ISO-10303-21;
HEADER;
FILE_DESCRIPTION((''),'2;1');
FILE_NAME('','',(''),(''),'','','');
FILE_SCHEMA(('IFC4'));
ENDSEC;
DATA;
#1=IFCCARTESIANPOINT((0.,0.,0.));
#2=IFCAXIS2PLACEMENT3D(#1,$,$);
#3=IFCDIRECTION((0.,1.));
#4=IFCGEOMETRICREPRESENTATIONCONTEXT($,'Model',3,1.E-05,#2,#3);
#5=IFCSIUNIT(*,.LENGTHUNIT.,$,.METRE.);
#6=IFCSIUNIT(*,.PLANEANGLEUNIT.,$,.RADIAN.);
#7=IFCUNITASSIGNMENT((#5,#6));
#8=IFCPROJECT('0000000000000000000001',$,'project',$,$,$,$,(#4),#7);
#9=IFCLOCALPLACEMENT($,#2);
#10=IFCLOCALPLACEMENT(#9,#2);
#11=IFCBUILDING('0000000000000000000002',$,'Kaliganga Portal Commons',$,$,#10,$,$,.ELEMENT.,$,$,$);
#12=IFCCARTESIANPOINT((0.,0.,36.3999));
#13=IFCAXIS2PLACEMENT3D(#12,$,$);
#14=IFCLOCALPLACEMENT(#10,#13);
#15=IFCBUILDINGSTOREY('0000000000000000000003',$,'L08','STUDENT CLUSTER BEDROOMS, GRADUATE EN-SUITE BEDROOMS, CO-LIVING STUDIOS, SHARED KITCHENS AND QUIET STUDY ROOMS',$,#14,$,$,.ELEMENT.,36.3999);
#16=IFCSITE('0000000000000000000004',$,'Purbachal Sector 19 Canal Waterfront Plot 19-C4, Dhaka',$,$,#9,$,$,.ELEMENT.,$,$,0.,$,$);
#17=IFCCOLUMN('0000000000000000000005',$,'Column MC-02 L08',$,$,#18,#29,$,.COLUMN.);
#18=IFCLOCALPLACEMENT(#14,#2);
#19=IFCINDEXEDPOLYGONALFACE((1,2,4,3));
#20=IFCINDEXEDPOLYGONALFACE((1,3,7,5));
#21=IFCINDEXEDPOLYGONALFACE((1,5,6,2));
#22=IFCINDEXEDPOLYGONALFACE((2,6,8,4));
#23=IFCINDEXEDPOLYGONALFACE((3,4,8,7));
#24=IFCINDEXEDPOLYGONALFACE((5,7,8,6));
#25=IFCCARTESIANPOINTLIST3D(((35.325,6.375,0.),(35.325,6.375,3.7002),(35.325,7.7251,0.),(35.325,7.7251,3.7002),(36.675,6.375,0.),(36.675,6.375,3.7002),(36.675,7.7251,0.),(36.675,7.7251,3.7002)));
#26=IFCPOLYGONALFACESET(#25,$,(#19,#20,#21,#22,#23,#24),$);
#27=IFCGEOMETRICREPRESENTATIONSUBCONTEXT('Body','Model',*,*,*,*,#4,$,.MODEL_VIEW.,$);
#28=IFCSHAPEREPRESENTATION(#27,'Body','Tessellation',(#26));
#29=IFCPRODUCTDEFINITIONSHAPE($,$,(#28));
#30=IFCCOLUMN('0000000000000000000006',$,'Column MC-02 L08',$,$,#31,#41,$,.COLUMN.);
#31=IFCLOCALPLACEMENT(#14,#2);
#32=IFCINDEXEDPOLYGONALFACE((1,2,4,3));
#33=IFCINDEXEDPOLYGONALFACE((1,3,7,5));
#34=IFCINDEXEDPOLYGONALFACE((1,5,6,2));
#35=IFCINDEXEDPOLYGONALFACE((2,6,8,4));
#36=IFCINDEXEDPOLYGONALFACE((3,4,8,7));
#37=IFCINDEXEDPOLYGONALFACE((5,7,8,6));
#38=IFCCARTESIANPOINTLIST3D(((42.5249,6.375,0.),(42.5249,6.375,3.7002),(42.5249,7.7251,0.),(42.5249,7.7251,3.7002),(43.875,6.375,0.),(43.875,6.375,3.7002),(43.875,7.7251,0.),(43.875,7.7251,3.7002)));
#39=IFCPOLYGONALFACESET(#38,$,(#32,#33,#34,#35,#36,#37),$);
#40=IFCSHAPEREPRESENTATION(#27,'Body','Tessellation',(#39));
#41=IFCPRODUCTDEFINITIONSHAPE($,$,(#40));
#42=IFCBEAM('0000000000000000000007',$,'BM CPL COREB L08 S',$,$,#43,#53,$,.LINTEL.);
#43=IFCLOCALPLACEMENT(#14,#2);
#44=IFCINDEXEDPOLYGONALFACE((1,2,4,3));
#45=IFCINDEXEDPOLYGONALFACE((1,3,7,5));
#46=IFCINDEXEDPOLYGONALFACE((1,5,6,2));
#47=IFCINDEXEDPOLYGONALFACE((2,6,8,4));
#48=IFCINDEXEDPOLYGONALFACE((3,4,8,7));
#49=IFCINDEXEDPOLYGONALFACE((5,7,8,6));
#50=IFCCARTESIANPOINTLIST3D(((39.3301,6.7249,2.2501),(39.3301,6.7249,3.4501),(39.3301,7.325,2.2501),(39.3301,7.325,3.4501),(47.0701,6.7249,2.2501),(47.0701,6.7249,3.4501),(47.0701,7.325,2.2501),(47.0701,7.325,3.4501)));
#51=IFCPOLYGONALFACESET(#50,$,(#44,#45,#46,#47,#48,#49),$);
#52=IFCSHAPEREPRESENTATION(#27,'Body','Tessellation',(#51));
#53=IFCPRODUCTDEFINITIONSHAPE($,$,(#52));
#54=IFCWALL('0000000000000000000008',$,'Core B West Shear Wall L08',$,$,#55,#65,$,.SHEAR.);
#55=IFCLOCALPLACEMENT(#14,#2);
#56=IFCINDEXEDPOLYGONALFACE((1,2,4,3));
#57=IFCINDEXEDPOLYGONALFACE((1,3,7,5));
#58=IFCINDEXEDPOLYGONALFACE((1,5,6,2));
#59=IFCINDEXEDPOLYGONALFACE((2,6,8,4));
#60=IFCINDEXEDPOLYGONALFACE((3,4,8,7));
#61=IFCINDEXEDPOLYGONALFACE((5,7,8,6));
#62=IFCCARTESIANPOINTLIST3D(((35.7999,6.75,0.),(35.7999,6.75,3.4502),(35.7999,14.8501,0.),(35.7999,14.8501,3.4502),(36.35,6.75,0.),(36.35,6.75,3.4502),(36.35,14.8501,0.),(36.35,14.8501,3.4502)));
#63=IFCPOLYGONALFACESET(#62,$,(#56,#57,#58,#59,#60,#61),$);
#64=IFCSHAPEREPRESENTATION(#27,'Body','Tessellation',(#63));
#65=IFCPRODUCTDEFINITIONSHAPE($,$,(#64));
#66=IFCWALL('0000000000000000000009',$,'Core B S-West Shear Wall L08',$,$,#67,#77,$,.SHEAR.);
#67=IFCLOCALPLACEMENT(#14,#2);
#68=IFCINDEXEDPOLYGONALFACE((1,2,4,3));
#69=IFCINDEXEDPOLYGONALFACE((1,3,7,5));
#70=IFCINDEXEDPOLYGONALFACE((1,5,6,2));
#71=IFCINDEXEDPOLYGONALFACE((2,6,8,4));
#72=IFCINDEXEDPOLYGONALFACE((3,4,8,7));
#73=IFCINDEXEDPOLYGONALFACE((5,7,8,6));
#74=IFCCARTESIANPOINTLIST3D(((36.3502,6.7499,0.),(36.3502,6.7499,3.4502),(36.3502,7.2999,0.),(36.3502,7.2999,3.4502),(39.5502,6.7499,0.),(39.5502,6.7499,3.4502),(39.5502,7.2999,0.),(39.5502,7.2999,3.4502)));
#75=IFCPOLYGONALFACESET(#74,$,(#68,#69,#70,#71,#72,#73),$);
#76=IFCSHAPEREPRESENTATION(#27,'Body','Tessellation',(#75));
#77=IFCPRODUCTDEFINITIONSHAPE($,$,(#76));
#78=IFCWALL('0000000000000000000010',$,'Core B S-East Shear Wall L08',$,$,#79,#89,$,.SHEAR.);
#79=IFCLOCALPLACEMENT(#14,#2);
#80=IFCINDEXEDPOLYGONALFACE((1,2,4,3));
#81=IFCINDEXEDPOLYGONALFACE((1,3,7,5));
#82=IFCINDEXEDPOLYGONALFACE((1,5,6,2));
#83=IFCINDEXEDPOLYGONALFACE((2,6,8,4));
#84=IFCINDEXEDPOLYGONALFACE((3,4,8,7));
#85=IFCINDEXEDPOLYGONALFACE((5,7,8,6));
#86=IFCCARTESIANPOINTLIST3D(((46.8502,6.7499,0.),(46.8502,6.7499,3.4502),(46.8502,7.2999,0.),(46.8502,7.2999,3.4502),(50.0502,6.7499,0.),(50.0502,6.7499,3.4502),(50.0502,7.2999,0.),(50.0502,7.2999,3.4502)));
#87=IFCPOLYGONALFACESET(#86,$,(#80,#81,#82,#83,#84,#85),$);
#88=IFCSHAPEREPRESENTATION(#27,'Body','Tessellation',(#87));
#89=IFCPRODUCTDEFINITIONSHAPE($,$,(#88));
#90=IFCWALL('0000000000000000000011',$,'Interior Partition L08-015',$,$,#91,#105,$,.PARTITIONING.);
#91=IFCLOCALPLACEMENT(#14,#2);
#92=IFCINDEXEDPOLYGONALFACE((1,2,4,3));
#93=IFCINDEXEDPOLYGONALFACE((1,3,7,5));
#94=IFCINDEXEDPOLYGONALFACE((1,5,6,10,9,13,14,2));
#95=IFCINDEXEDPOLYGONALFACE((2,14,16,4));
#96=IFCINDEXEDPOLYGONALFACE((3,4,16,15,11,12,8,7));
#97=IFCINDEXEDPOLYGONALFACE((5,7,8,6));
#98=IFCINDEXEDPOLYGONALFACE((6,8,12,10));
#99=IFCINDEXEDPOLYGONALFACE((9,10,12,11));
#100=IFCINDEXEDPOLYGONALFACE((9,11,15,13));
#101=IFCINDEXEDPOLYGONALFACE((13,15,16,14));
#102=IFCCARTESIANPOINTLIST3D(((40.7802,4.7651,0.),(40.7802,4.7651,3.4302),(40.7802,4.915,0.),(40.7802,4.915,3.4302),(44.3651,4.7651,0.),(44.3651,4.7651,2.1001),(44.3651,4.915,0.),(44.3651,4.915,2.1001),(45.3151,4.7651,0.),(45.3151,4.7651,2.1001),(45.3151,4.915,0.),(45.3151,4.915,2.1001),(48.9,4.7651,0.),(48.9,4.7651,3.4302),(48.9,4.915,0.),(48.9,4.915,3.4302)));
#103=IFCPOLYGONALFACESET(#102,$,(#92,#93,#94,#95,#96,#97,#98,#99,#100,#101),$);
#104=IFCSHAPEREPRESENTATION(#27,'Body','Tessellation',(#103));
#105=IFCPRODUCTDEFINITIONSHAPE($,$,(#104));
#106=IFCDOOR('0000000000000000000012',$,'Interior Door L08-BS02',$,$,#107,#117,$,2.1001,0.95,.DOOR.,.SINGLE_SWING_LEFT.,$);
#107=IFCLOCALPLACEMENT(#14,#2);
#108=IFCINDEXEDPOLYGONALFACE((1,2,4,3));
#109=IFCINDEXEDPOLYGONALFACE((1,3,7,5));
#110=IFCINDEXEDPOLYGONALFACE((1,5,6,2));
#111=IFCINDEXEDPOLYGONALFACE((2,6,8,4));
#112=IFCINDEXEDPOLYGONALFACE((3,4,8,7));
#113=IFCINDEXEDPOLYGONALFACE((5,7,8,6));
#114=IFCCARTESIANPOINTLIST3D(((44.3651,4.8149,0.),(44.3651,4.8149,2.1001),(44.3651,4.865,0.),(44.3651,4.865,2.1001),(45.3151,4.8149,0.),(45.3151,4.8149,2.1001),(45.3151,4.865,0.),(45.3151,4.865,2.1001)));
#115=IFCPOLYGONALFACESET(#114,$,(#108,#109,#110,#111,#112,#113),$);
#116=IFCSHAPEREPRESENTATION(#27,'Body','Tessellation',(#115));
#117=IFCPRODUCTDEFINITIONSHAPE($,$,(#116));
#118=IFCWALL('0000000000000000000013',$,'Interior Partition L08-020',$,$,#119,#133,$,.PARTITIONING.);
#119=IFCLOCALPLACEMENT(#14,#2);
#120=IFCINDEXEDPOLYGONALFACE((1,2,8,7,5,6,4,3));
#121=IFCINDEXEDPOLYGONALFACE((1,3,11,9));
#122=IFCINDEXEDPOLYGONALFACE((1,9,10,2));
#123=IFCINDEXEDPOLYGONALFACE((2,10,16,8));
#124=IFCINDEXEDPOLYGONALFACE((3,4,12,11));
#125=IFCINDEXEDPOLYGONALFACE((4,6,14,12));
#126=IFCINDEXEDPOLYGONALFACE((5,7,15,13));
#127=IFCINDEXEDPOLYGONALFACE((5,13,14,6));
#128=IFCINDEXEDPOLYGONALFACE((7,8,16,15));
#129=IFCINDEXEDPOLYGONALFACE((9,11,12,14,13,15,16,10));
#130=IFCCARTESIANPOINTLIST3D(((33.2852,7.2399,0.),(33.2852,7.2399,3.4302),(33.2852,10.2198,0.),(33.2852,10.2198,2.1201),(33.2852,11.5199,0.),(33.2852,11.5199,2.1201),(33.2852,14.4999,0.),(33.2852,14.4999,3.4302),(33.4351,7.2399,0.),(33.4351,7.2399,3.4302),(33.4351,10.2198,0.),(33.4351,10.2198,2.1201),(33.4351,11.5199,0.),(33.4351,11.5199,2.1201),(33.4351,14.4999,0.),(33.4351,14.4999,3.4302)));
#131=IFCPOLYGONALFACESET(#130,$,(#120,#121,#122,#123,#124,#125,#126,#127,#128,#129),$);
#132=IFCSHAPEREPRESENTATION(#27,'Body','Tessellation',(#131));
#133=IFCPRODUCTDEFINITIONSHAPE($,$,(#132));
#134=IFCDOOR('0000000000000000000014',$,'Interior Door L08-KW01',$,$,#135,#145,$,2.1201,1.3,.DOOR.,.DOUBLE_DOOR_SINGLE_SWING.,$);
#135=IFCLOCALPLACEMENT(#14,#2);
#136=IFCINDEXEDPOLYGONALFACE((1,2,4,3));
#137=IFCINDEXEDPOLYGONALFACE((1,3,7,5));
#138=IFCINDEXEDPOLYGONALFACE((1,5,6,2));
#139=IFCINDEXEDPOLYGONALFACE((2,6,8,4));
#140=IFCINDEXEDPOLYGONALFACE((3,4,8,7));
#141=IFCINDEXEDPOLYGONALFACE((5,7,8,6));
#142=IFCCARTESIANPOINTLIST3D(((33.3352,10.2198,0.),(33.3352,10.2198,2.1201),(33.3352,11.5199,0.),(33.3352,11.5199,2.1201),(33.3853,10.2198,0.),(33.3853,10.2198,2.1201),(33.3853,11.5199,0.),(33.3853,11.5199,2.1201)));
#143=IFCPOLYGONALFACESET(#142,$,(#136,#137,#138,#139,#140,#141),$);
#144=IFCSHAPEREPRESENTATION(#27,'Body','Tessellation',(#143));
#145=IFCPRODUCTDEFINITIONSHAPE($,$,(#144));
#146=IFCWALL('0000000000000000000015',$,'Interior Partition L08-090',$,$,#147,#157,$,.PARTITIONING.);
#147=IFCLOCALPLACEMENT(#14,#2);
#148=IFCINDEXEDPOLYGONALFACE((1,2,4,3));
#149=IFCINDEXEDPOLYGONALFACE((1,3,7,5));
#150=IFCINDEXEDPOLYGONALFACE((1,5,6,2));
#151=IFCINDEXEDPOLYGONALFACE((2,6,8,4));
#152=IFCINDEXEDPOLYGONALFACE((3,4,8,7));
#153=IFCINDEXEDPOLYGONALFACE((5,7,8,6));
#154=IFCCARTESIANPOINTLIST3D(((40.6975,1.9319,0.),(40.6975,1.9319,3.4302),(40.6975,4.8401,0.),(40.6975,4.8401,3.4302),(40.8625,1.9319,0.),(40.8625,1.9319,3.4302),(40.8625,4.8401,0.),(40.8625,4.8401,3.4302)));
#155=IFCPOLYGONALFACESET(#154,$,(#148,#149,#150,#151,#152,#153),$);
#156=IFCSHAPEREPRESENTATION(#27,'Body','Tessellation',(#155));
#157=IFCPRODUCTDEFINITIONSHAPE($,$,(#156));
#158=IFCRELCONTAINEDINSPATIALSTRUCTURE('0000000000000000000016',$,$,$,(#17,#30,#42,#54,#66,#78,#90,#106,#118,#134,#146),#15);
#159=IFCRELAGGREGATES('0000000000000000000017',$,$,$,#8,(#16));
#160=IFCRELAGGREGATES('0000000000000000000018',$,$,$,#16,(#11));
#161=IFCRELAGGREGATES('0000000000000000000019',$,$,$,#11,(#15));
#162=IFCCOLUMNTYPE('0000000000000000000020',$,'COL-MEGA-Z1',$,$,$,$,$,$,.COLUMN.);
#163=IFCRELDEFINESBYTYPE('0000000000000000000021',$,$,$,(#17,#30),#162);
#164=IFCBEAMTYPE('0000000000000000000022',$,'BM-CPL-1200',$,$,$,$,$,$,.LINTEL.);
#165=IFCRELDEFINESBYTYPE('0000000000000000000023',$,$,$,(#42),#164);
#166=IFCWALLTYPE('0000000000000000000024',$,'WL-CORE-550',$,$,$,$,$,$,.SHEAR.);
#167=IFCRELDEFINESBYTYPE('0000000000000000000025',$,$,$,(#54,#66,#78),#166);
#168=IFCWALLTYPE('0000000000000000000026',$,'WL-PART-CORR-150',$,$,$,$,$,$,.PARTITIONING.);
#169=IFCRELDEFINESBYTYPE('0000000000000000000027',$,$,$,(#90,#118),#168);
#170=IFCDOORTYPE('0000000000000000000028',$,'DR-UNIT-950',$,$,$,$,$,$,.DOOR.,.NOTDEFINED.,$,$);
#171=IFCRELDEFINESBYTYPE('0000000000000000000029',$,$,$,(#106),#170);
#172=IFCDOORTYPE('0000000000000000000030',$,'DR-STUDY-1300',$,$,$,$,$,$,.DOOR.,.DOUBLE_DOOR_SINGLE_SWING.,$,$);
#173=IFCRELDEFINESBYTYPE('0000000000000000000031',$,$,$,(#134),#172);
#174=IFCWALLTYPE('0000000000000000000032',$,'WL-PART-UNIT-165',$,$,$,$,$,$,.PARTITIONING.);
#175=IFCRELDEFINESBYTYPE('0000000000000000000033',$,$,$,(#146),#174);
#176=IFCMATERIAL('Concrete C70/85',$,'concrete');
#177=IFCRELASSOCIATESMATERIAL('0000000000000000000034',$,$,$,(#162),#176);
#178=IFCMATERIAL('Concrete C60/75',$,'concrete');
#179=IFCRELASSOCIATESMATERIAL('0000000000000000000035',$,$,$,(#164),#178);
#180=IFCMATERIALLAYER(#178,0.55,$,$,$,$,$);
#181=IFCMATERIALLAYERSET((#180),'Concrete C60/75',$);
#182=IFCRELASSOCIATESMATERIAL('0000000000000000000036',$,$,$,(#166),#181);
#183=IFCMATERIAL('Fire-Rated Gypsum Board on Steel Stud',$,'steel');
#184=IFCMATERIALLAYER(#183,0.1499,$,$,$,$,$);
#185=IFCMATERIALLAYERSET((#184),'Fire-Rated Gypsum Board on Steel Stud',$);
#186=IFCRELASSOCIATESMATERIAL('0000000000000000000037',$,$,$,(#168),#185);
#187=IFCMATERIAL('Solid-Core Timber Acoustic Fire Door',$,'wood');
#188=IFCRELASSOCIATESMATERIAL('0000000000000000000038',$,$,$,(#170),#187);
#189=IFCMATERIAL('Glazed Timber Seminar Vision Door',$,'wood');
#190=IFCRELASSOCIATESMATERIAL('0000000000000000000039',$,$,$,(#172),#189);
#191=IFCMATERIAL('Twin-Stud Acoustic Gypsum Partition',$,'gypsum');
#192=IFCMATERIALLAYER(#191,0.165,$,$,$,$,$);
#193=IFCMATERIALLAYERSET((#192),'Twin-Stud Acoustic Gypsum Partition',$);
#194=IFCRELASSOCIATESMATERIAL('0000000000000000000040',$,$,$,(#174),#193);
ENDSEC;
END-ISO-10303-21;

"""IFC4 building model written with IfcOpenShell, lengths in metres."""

from ifc_helpers import new_model, si_unit, direction, frame, frame_2d, origin, origin_2d, place, context, subcontext, project, spatial, rectangle, extrude, source, transform, mapped, material, layer, layer_set, material_profile, profile_set, type_object, element, fill, save


model = new_model("IFC4")

# Units and contexts
model_context = context("Model", 3, precision=1e-05, world=origin(), true_north=direction((0.0, 1.0)))
body_context = subcontext(model_context, "Body", "Model", "MODEL_VIEW")
ifc_project = project(units=[si_unit("LENGTHUNIT", "METRE"), si_unit("PLANEANGLEUNIT", "RADIAN")], contexts=[model_context])

# Site, building, storey
site_placement = place(None, origin())
site = spatial("IfcSite", under=ifc_project, at=site_placement, Name="Purbachal Sector 19 Canal Waterfront Plot 19-C4, Dhaka", CompositionType="ELEMENT", RefElevation=0.0)
building_placement = place(site_placement, origin())
building = spatial("IfcBuilding", under=site, at=building_placement, Name="Kaliganga Portal Commons", CompositionType="ELEMENT")
storey_placement = place(building_placement, frame((0.0, 0.0, 36.3999)))
storey = spatial("IfcBuildingStorey", under=building, at=storey_placement, Name="L08", Description="STUDENT CLUSTER BEDROOMS, GRADUATE EN-SUITE BEDROOMS, CO-LIVING STUDIOS, SHARED KITCHENS AND QUIET STUDY ROOMS", CompositionType="ELEMENT", Elevation=36.3999)

# Columns
ifc_material_1 = material(Name="Concrete C70/85", Category="concrete")
ifc_material_profile_1 = material_profile(ifc_material_1, rectangle(XDim=1.3501, YDim=1.3501, at=origin_2d()), Name="RC 1350x1350")
ifc_profile_set_1 = profile_set([ifc_material_profile_1], Name="Concrete C70/85")
column_type = type_object("IfcColumnType", Name="COL-MEGA-Z1", PredefinedType="COLUMN", material=ifc_profile_set_1)
shared_shape_1 = source(origin(), body_context, "Body", "SweptSolid", [
    extrude(rectangle(XDim=1.3501, YDim=1.3501, at=origin_2d()), origin(), (0.0, 0.0, 1.0), 3.7002),
])
for number, where, z_axis, x_axis, name in (
    (1, (36.0, 7.05, 0.0), (0.0, 0.0, 1.0), (1.0, 0.0, 0.0), "Column MC-02 L08"),
    (2, (43.2, 7.05, 0.0), (0.0, 0.0, 1.0), (1.0, 0.0, 0.0), "Column MC-02 L08"),
):
    element("IfcColumn", number, at=place(storey_placement, frame(where, z_axis=z_axis, x_axis=x_axis)), inside=storey, type_object=column_type, Name=name, PredefinedType="COLUMN", context=body_context, shape_type="MappedRepresentation", body=[
        mapped(shared_shape_1, transform((0.0, 0.0, 0.0), x_axis=(1.0, 0.0, 0.0), y_axis=(0.0, 1.0, 0.0), z_axis=(0.0, 0.0, 1.0), scale=1.0)),
    ])

# Beam
ifc_material_2 = material(Name="Concrete C60/75", Category="concrete")
ifc_material_profile_2 = material_profile(ifc_material_2, rectangle(XDim=0.6001, YDim=1.2, at=origin_2d()), Name="RC 600x1200")
ifc_profile_set_2 = profile_set([ifc_material_profile_2], Name="Concrete C60/75")
beam_type = type_object("IfcBeamType", Name="BM-CPL-1200", PredefinedType="LINTEL", material=ifc_profile_set_2)
shared_shape_2 = source(origin(), body_context, "Body", "SweptSolid", [
    extrude(rectangle(XDim=0.6001, YDim=1.2, at=origin_2d()), origin(), (0.0, 0.0, 1.0), 7.74),
])
beam_placement = place(storey_placement, frame((39.3301, 7.0249, 2.8501), z_axis=(1.0, 0.0, 0.0), x_axis=(0.0, 1.0, 0.0)))
element("IfcBeam", 3, at=beam_placement, inside=storey, type_object=beam_type, Name="BM CPL COREB L08 S", PredefinedType="LINTEL", context=body_context, shape_type="MappedRepresentation", body=[
    mapped(shared_shape_2, transform((0.0, 0.0, 0.0), x_axis=(1.0, 0.0, 0.0), y_axis=(0.0, 1.0, 0.0), z_axis=(0.0, 0.0, 1.0), scale=1.0)),
])

# Walls
ifc_layer_1 = layer(ifc_material_2, 0.55)
ifc_layer_set_1 = layer_set([ifc_layer_1], Name="Concrete C60/75")
wall_type_1 = type_object("IfcWallType", Name="WL-CORE-550", PredefinedType="SHEAR", material=ifc_layer_set_1)
wall_1_placement = place(storey_placement, frame((36.075, 6.75, 0.0), z_axis=(0.0, 0.0, 1.0), x_axis=(0.0, 1.0, 0.0)))
element("IfcWall", 4, at=wall_1_placement, inside=storey, type_object=wall_type_1, Name="Core B West Shear Wall L08", PredefinedType="SHEAR", context=body_context, shape_type="SweptSolid", body=[
    extrude(rectangle(XDim=8.1001, YDim=0.55, at=frame_2d((4.05, 0.0))), origin(), (0.0, 0.0, 1.0), 3.4502),
])
for number, where, z_axis, x_axis, name in (
    (5, (36.3501, 7.0249, 0.0), (0.0, 0.0, 1.0), (1.0, 0.0, 0.0), "Core B S-West Shear Wall L08"),
    (6, (46.8501, 7.0249, 0.0), (0.0, 0.0, 1.0), (1.0, 0.0, 0.0), "Core B S-East Shear Wall L08"),
):
    element("IfcWall", number, at=place(storey_placement, frame(where, z_axis=z_axis, x_axis=x_axis)), inside=storey, type_object=wall_type_1, Name=name, PredefinedType="SHEAR", context=body_context, shape_type="SweptSolid", body=[
        extrude(rectangle(XDim=3.2, YDim=0.55, at=frame_2d((1.6001, 0.0))), origin(), (0.0, 0.0, 1.0), 3.4502),
    ])

# Walls, openings, doors
ifc_material_3 = material(Name="Fire-Rated Gypsum Board on Steel Stud", Category="steel")
ifc_layer_2 = layer(ifc_material_3, 0.1499)
ifc_layer_set_2 = layer_set([ifc_layer_2], Name="Fire-Rated Gypsum Board on Steel Stud")
wall_type_2 = type_object("IfcWallType", Name="WL-PART-CORR-150", PredefinedType="PARTITIONING", material=ifc_layer_set_2)
wall_2_placement = place(storey_placement, frame((40.78, 4.8401, 0.0), z_axis=(0.0, 0.0, 1.0), x_axis=(1.0, 0.0, 0.0)))
wall_2 = element("IfcWall", 7, at=wall_2_placement, inside=storey, type_object=wall_type_2, Name="Interior Partition L08-015", PredefinedType="PARTITIONING", context=body_context, shape_type="SweptSolid", body=[
    extrude(rectangle(XDim=8.1199, YDim=0.1499, at=frame_2d((4.0601, 0.0))), origin(), (0.0, 0.0, 1.0), 3.4302),
])
opening_1_placement = place(wall_2_placement, frame((3.585, 0.0, 0.0)))
opening_1 = element("IfcOpeningElement", 8, at=opening_1_placement, cuts=wall_2, PredefinedType="OPENING", context=body_context, shape_type="SweptSolid", body=[
    extrude(rectangle(XDim=0.95, YDim=2.1001, at=frame_2d((0.4751, 1.05))), frame((0.0, 0.085, 0.0), z_axis=(0.0, -1.0, 0.0), x_axis=(1.0, 0.0, 0.0)), (0.0, 0.0, 1.0), 0.1699),
])
ifc_material_4 = material(Name="Solid-Core Timber Acoustic Fire Door", Category="wood")
door_type_1 = type_object("IfcDoorType", Name="DR-UNIT-950", OperationType="NOTDEFINED", PredefinedType="DOOR", material=ifc_material_4)
door_1_placement = place(opening_1_placement, origin())
door_1 = element("IfcDoor", 9, at=door_1_placement, inside=storey, type_object=door_type_1, Name="Interior Door L08-BS02", OperationType="SINGLE_SWING_LEFT", OverallHeight=2.1001, OverallWidth=0.95, PredefinedType="DOOR", context=body_context, shape_type="SweptSolid", body=[
    extrude(rectangle(XDim=0.95, YDim=2.1001, at=frame_2d((0.4751, 1.05))), frame((0.0, 0.0249, 0.0), z_axis=(0.0, -1.0, 0.0), x_axis=(1.0, 0.0, 0.0)), (0.0, 0.0, 1.0), 0.05),
])
fill(opening_1, door_1)
wall_3_placement = place(storey_placement, frame((33.3601, 7.24, 0.0), z_axis=(0.0, 0.0, 1.0), x_axis=(0.0, 1.0, 0.0)))
wall_3 = element("IfcWall", 10, at=wall_3_placement, inside=storey, type_object=wall_type_2, Name="Interior Partition L08-020", PredefinedType="PARTITIONING", context=body_context, shape_type="SweptSolid", body=[
    extrude(rectangle(XDim=7.26, YDim=0.1499, at=frame_2d((3.6299, 0.0))), origin(), (0.0, 0.0, 1.0), 3.4302),
])
opening_2_placement = place(wall_3_placement, frame((2.98, 0.0, 0.0)))
opening_2 = element("IfcOpeningElement", 11, at=opening_2_placement, cuts=wall_3, PredefinedType="OPENING", context=body_context, shape_type="SweptSolid", body=[
    extrude(rectangle(XDim=1.3, YDim=2.1201, at=frame_2d((0.6499, 1.0601))), frame((0.0, 0.085, 0.0), z_axis=(0.0, -1.0, 0.0), x_axis=(1.0, 0.0, 0.0)), (0.0, 0.0, 1.0), 0.1699),
])
ifc_material_5 = material(Name="Glazed Timber Seminar Vision Door", Category="wood")
door_type_2 = type_object("IfcDoorType", Name="DR-STUDY-1300", OperationType="DOUBLE_DOOR_SINGLE_SWING", PredefinedType="DOOR", material=ifc_material_5)
door_2_placement = place(opening_2_placement, origin())
door_2 = element("IfcDoor", 12, at=door_2_placement, inside=storey, type_object=door_type_2, Name="Interior Door L08-KW01", OperationType="DOUBLE_DOOR_SINGLE_SWING", OverallHeight=2.1201, OverallWidth=1.3, PredefinedType="DOOR", context=body_context, shape_type="SweptSolid", body=[
    extrude(rectangle(XDim=1.3, YDim=2.1201, at=frame_2d((0.6499, 1.0601))), frame((0.0, 0.0249, 0.0), z_axis=(0.0, -1.0, 0.0), x_axis=(1.0, 0.0, 0.0)), (0.0, 0.0, 1.0), 0.05),
])
fill(opening_2, door_2)

# Wall
ifc_material_6 = material(Name="Twin-Stud Acoustic Gypsum Partition", Category="gypsum")
ifc_layer_3 = layer(ifc_material_6, 0.165)
ifc_layer_set_3 = layer_set([ifc_layer_3], Name="Twin-Stud Acoustic Gypsum Partition")
wall_type_3 = type_object("IfcWallType", Name="WL-PART-UNIT-165", PredefinedType="PARTITIONING", material=ifc_layer_set_3)
wall_4_placement = place(storey_placement, frame((40.78, 1.9319, 0.0), z_axis=(0.0, 0.0, 1.0), x_axis=(0.0, 1.0, 0.0)))
element("IfcWall", 13, at=wall_4_placement, inside=storey, type_object=wall_type_3, Name="Interior Partition L08-090", PredefinedType="PARTITIONING", context=body_context, shape_type="SweptSolid", body=[
    extrude(rectangle(XDim=2.9082, YDim=0.165, at=frame_2d((1.4541, 0.0))), origin(), (0.0, 0.0, 1.0), 3.4302),
])

save(model, "model.ifc")
